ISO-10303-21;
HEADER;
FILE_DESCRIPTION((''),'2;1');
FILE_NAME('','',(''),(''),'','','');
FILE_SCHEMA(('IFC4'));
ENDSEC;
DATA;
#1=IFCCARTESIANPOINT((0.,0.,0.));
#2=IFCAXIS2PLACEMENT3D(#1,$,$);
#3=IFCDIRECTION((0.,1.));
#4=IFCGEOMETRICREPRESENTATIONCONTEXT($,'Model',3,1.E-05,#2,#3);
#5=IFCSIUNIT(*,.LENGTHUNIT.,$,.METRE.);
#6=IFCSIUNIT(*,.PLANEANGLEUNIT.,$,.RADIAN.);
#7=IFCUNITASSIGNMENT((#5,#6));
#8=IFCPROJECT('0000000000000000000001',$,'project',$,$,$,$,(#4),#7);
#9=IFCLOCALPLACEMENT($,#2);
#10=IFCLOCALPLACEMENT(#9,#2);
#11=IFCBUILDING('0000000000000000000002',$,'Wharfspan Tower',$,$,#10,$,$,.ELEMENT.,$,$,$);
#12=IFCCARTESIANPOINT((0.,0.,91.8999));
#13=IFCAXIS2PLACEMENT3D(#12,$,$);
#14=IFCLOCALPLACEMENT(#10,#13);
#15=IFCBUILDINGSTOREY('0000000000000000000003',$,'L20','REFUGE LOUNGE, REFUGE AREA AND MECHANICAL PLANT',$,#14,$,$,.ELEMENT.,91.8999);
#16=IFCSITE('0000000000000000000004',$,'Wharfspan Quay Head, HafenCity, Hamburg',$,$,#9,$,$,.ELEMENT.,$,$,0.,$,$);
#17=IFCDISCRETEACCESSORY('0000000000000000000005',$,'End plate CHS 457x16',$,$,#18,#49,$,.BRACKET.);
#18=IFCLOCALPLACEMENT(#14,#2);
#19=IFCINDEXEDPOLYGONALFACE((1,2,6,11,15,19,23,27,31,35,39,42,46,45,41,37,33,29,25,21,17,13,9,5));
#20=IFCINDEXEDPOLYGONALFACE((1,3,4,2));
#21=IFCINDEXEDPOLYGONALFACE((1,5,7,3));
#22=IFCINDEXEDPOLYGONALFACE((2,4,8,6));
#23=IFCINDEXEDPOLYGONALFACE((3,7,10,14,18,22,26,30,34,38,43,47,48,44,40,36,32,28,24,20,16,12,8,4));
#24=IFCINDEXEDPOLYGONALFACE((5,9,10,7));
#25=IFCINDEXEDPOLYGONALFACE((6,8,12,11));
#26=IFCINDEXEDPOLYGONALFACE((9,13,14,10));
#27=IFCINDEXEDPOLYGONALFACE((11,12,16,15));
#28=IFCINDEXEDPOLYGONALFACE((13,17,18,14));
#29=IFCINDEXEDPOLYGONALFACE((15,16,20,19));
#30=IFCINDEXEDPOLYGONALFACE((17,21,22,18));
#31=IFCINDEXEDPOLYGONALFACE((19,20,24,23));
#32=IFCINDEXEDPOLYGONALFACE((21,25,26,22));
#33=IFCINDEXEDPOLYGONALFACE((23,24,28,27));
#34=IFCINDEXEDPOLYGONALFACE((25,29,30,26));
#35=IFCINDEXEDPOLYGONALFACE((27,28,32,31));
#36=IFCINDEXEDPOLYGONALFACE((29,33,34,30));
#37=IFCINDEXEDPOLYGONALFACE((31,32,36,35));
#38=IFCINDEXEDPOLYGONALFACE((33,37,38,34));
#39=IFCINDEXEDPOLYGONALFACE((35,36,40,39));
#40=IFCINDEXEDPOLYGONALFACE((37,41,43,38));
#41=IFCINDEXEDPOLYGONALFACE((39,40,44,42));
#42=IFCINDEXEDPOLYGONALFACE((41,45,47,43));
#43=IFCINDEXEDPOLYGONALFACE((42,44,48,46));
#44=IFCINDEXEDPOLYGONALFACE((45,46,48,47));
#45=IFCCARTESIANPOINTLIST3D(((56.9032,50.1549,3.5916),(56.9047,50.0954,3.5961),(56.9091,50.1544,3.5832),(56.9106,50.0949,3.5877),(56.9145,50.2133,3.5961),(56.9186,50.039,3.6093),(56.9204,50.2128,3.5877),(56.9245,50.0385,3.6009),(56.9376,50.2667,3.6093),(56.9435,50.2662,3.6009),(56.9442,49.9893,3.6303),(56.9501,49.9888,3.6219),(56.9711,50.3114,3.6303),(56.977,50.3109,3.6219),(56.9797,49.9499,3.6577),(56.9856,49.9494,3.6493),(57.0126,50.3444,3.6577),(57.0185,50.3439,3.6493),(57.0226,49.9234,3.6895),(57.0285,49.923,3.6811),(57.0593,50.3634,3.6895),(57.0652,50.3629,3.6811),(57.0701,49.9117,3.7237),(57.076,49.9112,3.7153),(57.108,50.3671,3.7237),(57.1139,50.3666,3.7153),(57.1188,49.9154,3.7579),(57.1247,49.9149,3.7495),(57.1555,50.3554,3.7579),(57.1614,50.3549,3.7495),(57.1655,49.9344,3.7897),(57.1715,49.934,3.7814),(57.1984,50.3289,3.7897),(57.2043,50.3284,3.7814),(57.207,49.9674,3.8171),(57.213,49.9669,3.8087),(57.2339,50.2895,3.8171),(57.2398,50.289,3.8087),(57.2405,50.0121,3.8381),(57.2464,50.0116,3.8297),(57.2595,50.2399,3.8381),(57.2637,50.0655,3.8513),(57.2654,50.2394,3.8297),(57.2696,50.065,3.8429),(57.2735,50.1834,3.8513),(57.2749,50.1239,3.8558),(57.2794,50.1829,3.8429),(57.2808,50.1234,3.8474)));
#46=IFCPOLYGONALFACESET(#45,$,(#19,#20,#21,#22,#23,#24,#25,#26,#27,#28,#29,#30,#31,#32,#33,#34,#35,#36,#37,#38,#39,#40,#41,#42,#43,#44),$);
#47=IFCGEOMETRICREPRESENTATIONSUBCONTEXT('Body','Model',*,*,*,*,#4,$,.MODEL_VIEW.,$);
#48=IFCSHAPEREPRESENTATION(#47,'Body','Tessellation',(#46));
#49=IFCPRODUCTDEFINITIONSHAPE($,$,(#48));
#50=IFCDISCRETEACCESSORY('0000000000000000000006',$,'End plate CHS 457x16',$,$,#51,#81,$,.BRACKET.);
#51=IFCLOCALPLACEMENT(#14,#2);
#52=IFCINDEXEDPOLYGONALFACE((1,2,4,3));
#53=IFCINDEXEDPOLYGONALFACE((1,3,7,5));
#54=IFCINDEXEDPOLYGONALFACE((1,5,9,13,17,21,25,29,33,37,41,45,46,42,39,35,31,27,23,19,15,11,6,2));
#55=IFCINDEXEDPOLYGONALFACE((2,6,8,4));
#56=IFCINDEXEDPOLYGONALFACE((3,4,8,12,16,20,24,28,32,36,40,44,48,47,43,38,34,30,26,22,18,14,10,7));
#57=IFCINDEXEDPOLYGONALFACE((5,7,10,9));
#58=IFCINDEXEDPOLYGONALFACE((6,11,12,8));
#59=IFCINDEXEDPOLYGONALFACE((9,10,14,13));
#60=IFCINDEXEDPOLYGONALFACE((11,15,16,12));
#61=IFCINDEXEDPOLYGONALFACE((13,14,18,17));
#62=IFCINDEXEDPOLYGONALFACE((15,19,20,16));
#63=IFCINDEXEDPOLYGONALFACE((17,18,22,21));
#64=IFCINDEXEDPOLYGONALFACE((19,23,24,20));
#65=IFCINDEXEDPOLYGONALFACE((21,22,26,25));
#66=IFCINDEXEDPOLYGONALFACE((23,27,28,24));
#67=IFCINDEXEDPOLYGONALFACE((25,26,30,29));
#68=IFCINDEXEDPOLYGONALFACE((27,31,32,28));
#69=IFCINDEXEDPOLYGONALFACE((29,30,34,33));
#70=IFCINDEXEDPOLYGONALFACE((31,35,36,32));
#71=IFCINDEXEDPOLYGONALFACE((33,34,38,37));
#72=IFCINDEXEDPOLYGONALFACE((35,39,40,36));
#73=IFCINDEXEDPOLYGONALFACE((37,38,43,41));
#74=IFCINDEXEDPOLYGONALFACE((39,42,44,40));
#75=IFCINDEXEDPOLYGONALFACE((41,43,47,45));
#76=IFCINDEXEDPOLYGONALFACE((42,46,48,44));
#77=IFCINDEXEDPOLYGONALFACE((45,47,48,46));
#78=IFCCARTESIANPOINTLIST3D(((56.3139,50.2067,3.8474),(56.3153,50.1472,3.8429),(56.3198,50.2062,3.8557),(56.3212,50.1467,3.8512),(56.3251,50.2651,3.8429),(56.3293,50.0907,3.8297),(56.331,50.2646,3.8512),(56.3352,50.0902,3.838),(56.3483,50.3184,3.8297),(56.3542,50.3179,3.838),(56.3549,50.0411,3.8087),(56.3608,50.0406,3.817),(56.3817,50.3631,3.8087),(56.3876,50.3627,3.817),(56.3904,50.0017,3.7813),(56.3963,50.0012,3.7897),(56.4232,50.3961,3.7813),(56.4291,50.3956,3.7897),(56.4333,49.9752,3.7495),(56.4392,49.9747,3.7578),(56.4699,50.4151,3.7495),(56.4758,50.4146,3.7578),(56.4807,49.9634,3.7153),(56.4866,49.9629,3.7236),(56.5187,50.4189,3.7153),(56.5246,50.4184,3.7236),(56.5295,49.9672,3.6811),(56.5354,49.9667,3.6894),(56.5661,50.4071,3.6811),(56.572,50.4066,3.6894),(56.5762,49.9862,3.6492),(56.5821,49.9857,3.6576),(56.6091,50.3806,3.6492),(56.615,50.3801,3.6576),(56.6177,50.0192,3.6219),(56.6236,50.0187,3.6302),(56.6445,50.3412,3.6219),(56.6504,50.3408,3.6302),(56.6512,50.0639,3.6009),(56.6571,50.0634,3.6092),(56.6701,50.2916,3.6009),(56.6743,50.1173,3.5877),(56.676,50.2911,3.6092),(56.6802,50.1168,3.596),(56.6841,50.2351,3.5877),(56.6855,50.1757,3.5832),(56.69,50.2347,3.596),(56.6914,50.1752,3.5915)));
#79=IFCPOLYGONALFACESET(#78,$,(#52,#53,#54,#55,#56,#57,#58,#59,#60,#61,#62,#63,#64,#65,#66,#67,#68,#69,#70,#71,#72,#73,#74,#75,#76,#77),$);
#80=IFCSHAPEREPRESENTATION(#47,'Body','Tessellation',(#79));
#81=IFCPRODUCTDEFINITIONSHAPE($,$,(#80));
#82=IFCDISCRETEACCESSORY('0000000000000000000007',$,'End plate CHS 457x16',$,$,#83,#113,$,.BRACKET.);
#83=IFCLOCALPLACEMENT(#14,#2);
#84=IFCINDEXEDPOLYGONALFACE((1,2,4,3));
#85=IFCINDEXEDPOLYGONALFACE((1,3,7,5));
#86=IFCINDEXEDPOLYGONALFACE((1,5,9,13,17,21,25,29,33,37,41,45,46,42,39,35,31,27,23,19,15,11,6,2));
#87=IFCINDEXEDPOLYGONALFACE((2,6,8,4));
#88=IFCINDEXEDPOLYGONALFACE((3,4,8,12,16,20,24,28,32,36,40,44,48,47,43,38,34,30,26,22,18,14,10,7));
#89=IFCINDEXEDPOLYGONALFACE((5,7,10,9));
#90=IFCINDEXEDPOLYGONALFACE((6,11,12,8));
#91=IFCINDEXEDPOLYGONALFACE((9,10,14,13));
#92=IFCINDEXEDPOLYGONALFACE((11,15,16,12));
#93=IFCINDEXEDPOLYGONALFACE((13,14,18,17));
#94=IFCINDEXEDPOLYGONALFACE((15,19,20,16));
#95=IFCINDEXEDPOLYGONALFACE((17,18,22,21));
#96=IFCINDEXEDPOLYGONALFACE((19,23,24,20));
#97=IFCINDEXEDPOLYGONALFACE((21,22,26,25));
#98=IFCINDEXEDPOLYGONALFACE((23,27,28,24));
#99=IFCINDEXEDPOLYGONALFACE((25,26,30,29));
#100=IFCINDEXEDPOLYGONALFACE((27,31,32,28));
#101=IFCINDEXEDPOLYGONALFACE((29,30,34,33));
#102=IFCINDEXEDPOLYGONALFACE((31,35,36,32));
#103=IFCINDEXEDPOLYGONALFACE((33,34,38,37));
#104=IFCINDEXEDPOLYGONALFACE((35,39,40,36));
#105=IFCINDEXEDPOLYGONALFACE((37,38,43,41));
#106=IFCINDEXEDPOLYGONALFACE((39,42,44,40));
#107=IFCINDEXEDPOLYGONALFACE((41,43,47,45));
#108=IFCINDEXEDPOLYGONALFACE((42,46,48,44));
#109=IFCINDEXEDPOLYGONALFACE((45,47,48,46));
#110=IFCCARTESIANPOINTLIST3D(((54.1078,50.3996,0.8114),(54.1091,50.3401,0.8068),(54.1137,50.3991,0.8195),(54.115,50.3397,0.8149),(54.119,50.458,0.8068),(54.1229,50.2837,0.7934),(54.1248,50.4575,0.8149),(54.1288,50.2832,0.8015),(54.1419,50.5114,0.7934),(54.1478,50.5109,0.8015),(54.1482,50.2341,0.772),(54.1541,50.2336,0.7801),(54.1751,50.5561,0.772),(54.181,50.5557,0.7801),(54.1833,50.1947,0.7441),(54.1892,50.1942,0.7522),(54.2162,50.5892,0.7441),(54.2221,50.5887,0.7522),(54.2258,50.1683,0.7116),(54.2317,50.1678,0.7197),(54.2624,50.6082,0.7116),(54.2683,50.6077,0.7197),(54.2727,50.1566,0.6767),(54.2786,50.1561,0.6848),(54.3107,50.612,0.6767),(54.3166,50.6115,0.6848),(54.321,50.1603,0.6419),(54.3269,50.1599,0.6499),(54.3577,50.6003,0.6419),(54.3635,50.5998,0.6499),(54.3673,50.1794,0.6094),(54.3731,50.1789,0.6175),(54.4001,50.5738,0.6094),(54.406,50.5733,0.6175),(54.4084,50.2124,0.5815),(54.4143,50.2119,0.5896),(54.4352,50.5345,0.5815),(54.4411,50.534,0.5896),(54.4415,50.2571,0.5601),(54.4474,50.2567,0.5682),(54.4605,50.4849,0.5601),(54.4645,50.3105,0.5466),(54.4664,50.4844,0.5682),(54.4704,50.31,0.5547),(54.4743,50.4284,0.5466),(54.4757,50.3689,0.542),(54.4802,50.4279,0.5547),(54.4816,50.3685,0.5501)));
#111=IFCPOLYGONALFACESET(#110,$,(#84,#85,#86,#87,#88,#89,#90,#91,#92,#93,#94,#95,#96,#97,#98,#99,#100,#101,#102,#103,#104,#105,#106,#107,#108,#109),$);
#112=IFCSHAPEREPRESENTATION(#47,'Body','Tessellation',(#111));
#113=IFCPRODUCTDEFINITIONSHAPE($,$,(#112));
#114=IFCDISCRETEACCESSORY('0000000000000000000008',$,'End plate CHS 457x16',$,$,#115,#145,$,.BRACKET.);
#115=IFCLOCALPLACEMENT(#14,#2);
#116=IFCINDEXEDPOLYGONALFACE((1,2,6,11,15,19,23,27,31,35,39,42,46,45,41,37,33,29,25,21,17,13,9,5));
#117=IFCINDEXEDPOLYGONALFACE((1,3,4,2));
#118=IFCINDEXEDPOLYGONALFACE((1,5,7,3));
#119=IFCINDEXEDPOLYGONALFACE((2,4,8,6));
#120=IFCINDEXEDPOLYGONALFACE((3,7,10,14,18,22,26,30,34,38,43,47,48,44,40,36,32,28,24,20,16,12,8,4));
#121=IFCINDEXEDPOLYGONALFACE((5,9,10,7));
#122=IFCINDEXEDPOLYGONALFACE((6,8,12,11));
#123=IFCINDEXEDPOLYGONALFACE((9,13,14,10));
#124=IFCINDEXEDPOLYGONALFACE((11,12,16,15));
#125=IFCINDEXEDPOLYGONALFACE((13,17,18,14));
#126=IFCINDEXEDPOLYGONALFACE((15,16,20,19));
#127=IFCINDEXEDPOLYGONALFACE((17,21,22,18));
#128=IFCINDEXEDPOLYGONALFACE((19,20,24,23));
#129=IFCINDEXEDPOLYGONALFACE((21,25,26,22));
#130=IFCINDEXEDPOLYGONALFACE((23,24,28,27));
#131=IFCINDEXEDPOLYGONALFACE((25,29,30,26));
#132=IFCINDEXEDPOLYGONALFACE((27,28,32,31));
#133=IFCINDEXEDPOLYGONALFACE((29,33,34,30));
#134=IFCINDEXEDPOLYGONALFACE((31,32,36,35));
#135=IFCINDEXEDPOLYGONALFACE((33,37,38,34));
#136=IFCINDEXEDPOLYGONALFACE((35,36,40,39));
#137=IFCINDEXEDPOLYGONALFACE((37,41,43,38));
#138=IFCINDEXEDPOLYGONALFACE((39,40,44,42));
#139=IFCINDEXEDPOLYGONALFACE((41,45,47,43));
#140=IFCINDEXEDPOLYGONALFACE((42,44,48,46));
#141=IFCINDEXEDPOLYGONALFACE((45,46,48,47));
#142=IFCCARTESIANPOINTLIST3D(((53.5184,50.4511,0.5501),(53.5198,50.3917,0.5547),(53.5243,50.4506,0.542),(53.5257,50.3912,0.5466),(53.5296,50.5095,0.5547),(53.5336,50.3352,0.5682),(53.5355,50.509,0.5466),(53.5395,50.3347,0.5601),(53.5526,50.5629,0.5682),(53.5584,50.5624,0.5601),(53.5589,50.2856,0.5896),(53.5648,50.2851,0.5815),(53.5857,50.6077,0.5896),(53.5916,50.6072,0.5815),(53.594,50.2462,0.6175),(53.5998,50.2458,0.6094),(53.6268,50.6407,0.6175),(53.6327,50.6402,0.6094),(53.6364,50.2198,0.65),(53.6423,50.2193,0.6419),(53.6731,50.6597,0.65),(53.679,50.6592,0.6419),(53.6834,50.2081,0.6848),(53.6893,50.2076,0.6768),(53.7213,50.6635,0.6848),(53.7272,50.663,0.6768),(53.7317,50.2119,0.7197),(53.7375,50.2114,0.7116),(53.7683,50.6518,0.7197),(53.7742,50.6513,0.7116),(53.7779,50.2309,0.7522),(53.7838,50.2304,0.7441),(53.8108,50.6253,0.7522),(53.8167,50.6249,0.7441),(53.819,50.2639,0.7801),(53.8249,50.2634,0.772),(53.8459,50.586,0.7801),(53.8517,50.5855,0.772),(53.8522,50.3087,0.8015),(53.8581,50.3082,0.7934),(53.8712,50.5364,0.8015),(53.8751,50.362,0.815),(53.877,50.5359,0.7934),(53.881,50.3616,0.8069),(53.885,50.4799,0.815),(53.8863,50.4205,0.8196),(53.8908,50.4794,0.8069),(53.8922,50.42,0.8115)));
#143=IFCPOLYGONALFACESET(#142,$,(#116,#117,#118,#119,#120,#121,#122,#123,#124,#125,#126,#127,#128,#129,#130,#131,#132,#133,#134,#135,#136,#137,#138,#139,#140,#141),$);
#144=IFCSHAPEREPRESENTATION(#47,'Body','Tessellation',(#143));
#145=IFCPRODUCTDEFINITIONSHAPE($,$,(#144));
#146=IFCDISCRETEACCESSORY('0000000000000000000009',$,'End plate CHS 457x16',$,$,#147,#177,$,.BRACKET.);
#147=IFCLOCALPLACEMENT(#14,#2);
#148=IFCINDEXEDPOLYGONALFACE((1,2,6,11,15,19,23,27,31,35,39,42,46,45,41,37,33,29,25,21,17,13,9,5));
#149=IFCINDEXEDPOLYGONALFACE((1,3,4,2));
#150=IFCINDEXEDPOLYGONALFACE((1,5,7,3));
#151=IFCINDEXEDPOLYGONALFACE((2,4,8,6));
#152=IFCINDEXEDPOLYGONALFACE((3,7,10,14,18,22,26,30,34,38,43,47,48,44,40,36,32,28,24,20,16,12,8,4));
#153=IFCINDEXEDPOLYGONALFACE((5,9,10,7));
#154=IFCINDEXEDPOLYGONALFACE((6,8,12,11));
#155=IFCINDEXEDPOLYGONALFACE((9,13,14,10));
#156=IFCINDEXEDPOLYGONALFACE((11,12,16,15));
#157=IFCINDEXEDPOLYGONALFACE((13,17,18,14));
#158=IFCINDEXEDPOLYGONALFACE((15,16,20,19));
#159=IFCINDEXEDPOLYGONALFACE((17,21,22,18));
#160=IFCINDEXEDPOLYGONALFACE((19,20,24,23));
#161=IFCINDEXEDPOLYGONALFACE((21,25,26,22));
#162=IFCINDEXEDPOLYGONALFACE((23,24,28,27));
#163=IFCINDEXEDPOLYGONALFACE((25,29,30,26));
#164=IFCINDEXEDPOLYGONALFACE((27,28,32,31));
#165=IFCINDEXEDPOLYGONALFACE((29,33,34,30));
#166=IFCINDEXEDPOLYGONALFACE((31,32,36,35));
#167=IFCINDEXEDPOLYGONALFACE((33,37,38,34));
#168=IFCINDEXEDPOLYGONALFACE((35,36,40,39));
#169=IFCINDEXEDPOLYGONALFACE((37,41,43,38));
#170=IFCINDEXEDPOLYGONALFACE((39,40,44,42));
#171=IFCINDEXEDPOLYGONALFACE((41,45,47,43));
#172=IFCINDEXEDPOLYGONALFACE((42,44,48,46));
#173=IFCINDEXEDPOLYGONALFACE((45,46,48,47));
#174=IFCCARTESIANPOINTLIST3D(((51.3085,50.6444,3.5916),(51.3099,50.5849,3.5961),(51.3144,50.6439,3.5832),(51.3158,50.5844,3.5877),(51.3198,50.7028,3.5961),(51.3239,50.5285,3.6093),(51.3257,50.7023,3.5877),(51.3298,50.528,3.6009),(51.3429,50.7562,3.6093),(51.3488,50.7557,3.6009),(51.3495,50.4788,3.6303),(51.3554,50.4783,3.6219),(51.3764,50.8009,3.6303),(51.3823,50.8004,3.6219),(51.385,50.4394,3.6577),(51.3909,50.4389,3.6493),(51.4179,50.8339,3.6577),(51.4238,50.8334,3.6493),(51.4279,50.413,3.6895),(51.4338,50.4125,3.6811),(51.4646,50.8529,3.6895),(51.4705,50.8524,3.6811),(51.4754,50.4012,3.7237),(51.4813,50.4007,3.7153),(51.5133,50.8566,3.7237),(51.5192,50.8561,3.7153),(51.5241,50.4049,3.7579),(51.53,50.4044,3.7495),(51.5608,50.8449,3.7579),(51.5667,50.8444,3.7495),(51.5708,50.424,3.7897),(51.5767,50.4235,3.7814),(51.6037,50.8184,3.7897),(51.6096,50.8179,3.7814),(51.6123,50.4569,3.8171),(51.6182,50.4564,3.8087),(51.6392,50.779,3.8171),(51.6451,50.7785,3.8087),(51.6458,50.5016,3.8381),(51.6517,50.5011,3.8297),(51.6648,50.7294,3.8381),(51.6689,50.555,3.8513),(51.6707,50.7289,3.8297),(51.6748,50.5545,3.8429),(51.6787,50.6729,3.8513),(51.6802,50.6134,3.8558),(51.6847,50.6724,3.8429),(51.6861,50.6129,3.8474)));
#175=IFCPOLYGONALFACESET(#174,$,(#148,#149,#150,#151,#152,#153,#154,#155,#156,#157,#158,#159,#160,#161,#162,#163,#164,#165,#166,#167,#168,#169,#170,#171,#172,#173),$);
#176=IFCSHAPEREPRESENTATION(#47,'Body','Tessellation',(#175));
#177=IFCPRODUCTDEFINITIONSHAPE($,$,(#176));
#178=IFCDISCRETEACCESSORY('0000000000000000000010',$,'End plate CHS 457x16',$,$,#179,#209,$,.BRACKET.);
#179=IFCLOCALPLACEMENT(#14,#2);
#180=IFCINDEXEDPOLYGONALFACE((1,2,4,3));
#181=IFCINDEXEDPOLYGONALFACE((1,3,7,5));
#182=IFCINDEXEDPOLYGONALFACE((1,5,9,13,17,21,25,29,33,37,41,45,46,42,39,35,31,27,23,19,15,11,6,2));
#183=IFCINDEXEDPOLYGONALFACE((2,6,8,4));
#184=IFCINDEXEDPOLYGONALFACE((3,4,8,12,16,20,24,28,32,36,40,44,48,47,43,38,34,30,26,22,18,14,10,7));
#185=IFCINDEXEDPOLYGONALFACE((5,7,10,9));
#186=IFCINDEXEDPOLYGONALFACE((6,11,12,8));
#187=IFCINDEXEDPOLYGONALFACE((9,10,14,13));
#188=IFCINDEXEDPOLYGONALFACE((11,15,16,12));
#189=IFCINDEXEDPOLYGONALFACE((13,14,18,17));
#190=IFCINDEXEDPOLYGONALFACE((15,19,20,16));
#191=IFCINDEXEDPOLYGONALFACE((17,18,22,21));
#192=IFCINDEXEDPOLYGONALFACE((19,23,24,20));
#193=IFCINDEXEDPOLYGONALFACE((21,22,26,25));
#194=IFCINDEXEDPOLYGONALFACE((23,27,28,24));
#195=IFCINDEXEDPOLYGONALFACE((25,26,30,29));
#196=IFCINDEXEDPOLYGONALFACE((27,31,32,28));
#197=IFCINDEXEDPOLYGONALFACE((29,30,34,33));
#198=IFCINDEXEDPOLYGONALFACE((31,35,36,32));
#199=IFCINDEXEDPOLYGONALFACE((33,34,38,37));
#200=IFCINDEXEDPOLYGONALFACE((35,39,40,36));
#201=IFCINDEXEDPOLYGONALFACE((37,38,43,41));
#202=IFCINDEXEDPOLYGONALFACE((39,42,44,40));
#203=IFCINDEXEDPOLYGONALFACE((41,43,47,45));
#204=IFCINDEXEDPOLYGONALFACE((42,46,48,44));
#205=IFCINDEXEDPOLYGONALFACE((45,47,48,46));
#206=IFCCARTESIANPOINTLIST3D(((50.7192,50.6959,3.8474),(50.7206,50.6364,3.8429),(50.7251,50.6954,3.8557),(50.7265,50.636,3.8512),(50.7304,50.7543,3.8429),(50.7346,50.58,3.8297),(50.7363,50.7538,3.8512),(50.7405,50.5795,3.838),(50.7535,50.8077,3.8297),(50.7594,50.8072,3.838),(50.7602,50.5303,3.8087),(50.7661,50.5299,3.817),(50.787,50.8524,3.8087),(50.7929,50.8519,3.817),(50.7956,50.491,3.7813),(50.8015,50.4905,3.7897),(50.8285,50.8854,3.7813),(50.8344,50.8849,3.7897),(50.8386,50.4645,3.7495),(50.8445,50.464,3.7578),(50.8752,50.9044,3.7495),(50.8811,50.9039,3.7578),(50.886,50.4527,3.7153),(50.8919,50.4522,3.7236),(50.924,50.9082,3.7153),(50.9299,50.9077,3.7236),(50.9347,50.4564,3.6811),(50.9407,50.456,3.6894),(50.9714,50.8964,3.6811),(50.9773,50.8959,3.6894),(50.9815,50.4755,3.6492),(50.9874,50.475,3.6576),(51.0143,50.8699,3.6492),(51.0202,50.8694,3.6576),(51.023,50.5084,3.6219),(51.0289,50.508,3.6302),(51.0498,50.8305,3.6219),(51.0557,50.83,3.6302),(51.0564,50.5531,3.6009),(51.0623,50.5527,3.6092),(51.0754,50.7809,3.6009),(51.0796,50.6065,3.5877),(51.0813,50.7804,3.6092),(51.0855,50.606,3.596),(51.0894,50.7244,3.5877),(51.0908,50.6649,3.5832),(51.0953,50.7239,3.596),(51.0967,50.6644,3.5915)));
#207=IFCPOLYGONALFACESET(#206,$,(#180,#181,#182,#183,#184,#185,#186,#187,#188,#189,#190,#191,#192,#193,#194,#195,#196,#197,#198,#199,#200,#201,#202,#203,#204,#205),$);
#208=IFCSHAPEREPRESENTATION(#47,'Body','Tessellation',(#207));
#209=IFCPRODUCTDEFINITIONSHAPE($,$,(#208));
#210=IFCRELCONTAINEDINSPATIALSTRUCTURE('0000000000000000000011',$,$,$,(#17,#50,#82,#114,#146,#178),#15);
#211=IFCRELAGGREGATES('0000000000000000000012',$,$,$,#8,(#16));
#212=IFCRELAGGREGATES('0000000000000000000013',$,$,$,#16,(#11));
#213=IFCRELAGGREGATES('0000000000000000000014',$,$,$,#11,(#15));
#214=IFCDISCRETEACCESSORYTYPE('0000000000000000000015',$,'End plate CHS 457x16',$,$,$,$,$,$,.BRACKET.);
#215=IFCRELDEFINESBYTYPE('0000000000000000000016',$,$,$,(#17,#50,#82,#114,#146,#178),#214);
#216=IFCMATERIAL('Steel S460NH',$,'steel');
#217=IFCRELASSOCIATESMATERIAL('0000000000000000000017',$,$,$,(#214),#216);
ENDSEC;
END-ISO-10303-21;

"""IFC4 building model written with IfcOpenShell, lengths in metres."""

from ifc_helpers import new_model, si_unit, direction, frame, origin, origin_2d, place, context, subcontext, project, spatial, circle, extrude, material, material_profile, profile_set, type_object, element, save


model = new_model("IFC4")

# Units and contexts
model_context = context("Model", 3, precision=1e-05, world=origin(), true_north=direction((0.0, 1.0)))
body_context = subcontext(model_context, "Body", "Model", "MODEL_VIEW")
ifc_project = project(units=[si_unit("LENGTHUNIT", "METRE"), si_unit("PLANEANGLEUNIT", "RADIAN")], contexts=[model_context])

# Site, building, storey
site_placement = place(None, origin())
site = spatial("IfcSite", under=ifc_project, at=site_placement, Name="Wharfspan Quay Head, HafenCity, Hamburg", CompositionType="ELEMENT", RefElevation=0.0)
building_placement = place(site_placement, origin())
building = spatial("IfcBuilding", under=site, at=building_placement, Name="Wharfspan Tower", CompositionType="ELEMENT")
storey_placement = place(building_placement, frame((0.0, 0.0, 91.8999)))
storey = spatial("IfcBuildingStorey", under=building, at=storey_placement, Name="L20", Description="REFUGE LOUNGE, REFUGE AREA AND MECHANICAL PLANT", CompositionType="ELEMENT", Elevation=91.8999)

# Shared definitions
ifc_material_1 = material(Name="Steel S460NH", Category="steel")

# Discrete accessories
ifc_material_profile_1 = material_profile(ifc_material_1, circle(Radius=0.2285, at=origin_2d()))
ifc_profile_set_1 = profile_set([ifc_material_profile_1], Name="Steel S460NH")
discrete_accessory_type_1 = type_object("IfcDiscreteAccessoryType", Name="End plate CHS 457x16", PredefinedType="BRACKET", material=ifc_profile_set_1)
for number, where, z_axis, x_axis, name in (
    (1, (57.095, 50.1389, 3.7153), (-0.576018, 0.048002, 0.816026), (-0.083046, -0.996542, 0.0), "End plate CHS 457x16"),
    (2, (56.5056, 50.1907, 3.7236), (-0.576018, 0.048002, -0.816026), (-0.083046, -0.996542, 0.0), "End plate CHS 457x16"),
):
    element("IfcDiscreteAccessory", number, at=place(storey_placement, frame(where, z_axis=z_axis, x_axis=x_axis)), inside=storey, type_object=discrete_accessory_type_1, Name=name, PredefinedType="BRACKET", context=body_context, shape_type="SweptSolid", body=[
        extrude(circle(Radius=0.2285, at=origin_2d()), origin(), (0.0, 0.0, 1.0), 0.0103),
    ])
for number, where, z_axis, x_axis, name in (
    (3, (54.2976, 50.3838, 0.6848), (-0.587466, 0.048956, -0.807766), (-0.083046, -0.996542, 0.0), "End plate CHS 457x16"),
    (4, (53.7083, 50.4353, 0.6768), (-0.587466, 0.048956, 0.807766), (-0.083046, -0.996542, 0.0), "End plate CHS 457x16"),
):
    element("IfcDiscreteAccessory", number, at=place(storey_placement, frame(where, z_axis=z_axis, x_axis=x_axis)), inside=storey, type_object=discrete_accessory_type_1, Name=name, PredefinedType="BRACKET", context=body_context, shape_type="SweptSolid", body=[
        extrude(circle(Radius=0.2285, at=origin_2d()), origin(), (0.0, 0.0, 1.0), 0.01),
    ])
for number, where, z_axis, x_axis, name in (
    (5, (51.5002, 50.6284, 3.7153), (-0.576018, 0.048002, 0.816026), (-0.083046, -0.996542, 0.0), "End plate CHS 457x16"),
    (6, (50.9109, 50.6799, 3.7236), (-0.576018, 0.048002, -0.816026), (-0.083046, -0.996542, 0.0), "End plate CHS 457x16"),
):
    element("IfcDiscreteAccessory", number, at=place(storey_placement, frame(where, z_axis=z_axis, x_axis=x_axis)), inside=storey, type_object=discrete_accessory_type_1, Name=name, PredefinedType="BRACKET", context=body_context, shape_type="SweptSolid", body=[
        extrude(circle(Radius=0.2285, at=origin_2d()), origin(), (0.0, 0.0, 1.0), 0.0103),
    ])

save(model, "model.ifc")
